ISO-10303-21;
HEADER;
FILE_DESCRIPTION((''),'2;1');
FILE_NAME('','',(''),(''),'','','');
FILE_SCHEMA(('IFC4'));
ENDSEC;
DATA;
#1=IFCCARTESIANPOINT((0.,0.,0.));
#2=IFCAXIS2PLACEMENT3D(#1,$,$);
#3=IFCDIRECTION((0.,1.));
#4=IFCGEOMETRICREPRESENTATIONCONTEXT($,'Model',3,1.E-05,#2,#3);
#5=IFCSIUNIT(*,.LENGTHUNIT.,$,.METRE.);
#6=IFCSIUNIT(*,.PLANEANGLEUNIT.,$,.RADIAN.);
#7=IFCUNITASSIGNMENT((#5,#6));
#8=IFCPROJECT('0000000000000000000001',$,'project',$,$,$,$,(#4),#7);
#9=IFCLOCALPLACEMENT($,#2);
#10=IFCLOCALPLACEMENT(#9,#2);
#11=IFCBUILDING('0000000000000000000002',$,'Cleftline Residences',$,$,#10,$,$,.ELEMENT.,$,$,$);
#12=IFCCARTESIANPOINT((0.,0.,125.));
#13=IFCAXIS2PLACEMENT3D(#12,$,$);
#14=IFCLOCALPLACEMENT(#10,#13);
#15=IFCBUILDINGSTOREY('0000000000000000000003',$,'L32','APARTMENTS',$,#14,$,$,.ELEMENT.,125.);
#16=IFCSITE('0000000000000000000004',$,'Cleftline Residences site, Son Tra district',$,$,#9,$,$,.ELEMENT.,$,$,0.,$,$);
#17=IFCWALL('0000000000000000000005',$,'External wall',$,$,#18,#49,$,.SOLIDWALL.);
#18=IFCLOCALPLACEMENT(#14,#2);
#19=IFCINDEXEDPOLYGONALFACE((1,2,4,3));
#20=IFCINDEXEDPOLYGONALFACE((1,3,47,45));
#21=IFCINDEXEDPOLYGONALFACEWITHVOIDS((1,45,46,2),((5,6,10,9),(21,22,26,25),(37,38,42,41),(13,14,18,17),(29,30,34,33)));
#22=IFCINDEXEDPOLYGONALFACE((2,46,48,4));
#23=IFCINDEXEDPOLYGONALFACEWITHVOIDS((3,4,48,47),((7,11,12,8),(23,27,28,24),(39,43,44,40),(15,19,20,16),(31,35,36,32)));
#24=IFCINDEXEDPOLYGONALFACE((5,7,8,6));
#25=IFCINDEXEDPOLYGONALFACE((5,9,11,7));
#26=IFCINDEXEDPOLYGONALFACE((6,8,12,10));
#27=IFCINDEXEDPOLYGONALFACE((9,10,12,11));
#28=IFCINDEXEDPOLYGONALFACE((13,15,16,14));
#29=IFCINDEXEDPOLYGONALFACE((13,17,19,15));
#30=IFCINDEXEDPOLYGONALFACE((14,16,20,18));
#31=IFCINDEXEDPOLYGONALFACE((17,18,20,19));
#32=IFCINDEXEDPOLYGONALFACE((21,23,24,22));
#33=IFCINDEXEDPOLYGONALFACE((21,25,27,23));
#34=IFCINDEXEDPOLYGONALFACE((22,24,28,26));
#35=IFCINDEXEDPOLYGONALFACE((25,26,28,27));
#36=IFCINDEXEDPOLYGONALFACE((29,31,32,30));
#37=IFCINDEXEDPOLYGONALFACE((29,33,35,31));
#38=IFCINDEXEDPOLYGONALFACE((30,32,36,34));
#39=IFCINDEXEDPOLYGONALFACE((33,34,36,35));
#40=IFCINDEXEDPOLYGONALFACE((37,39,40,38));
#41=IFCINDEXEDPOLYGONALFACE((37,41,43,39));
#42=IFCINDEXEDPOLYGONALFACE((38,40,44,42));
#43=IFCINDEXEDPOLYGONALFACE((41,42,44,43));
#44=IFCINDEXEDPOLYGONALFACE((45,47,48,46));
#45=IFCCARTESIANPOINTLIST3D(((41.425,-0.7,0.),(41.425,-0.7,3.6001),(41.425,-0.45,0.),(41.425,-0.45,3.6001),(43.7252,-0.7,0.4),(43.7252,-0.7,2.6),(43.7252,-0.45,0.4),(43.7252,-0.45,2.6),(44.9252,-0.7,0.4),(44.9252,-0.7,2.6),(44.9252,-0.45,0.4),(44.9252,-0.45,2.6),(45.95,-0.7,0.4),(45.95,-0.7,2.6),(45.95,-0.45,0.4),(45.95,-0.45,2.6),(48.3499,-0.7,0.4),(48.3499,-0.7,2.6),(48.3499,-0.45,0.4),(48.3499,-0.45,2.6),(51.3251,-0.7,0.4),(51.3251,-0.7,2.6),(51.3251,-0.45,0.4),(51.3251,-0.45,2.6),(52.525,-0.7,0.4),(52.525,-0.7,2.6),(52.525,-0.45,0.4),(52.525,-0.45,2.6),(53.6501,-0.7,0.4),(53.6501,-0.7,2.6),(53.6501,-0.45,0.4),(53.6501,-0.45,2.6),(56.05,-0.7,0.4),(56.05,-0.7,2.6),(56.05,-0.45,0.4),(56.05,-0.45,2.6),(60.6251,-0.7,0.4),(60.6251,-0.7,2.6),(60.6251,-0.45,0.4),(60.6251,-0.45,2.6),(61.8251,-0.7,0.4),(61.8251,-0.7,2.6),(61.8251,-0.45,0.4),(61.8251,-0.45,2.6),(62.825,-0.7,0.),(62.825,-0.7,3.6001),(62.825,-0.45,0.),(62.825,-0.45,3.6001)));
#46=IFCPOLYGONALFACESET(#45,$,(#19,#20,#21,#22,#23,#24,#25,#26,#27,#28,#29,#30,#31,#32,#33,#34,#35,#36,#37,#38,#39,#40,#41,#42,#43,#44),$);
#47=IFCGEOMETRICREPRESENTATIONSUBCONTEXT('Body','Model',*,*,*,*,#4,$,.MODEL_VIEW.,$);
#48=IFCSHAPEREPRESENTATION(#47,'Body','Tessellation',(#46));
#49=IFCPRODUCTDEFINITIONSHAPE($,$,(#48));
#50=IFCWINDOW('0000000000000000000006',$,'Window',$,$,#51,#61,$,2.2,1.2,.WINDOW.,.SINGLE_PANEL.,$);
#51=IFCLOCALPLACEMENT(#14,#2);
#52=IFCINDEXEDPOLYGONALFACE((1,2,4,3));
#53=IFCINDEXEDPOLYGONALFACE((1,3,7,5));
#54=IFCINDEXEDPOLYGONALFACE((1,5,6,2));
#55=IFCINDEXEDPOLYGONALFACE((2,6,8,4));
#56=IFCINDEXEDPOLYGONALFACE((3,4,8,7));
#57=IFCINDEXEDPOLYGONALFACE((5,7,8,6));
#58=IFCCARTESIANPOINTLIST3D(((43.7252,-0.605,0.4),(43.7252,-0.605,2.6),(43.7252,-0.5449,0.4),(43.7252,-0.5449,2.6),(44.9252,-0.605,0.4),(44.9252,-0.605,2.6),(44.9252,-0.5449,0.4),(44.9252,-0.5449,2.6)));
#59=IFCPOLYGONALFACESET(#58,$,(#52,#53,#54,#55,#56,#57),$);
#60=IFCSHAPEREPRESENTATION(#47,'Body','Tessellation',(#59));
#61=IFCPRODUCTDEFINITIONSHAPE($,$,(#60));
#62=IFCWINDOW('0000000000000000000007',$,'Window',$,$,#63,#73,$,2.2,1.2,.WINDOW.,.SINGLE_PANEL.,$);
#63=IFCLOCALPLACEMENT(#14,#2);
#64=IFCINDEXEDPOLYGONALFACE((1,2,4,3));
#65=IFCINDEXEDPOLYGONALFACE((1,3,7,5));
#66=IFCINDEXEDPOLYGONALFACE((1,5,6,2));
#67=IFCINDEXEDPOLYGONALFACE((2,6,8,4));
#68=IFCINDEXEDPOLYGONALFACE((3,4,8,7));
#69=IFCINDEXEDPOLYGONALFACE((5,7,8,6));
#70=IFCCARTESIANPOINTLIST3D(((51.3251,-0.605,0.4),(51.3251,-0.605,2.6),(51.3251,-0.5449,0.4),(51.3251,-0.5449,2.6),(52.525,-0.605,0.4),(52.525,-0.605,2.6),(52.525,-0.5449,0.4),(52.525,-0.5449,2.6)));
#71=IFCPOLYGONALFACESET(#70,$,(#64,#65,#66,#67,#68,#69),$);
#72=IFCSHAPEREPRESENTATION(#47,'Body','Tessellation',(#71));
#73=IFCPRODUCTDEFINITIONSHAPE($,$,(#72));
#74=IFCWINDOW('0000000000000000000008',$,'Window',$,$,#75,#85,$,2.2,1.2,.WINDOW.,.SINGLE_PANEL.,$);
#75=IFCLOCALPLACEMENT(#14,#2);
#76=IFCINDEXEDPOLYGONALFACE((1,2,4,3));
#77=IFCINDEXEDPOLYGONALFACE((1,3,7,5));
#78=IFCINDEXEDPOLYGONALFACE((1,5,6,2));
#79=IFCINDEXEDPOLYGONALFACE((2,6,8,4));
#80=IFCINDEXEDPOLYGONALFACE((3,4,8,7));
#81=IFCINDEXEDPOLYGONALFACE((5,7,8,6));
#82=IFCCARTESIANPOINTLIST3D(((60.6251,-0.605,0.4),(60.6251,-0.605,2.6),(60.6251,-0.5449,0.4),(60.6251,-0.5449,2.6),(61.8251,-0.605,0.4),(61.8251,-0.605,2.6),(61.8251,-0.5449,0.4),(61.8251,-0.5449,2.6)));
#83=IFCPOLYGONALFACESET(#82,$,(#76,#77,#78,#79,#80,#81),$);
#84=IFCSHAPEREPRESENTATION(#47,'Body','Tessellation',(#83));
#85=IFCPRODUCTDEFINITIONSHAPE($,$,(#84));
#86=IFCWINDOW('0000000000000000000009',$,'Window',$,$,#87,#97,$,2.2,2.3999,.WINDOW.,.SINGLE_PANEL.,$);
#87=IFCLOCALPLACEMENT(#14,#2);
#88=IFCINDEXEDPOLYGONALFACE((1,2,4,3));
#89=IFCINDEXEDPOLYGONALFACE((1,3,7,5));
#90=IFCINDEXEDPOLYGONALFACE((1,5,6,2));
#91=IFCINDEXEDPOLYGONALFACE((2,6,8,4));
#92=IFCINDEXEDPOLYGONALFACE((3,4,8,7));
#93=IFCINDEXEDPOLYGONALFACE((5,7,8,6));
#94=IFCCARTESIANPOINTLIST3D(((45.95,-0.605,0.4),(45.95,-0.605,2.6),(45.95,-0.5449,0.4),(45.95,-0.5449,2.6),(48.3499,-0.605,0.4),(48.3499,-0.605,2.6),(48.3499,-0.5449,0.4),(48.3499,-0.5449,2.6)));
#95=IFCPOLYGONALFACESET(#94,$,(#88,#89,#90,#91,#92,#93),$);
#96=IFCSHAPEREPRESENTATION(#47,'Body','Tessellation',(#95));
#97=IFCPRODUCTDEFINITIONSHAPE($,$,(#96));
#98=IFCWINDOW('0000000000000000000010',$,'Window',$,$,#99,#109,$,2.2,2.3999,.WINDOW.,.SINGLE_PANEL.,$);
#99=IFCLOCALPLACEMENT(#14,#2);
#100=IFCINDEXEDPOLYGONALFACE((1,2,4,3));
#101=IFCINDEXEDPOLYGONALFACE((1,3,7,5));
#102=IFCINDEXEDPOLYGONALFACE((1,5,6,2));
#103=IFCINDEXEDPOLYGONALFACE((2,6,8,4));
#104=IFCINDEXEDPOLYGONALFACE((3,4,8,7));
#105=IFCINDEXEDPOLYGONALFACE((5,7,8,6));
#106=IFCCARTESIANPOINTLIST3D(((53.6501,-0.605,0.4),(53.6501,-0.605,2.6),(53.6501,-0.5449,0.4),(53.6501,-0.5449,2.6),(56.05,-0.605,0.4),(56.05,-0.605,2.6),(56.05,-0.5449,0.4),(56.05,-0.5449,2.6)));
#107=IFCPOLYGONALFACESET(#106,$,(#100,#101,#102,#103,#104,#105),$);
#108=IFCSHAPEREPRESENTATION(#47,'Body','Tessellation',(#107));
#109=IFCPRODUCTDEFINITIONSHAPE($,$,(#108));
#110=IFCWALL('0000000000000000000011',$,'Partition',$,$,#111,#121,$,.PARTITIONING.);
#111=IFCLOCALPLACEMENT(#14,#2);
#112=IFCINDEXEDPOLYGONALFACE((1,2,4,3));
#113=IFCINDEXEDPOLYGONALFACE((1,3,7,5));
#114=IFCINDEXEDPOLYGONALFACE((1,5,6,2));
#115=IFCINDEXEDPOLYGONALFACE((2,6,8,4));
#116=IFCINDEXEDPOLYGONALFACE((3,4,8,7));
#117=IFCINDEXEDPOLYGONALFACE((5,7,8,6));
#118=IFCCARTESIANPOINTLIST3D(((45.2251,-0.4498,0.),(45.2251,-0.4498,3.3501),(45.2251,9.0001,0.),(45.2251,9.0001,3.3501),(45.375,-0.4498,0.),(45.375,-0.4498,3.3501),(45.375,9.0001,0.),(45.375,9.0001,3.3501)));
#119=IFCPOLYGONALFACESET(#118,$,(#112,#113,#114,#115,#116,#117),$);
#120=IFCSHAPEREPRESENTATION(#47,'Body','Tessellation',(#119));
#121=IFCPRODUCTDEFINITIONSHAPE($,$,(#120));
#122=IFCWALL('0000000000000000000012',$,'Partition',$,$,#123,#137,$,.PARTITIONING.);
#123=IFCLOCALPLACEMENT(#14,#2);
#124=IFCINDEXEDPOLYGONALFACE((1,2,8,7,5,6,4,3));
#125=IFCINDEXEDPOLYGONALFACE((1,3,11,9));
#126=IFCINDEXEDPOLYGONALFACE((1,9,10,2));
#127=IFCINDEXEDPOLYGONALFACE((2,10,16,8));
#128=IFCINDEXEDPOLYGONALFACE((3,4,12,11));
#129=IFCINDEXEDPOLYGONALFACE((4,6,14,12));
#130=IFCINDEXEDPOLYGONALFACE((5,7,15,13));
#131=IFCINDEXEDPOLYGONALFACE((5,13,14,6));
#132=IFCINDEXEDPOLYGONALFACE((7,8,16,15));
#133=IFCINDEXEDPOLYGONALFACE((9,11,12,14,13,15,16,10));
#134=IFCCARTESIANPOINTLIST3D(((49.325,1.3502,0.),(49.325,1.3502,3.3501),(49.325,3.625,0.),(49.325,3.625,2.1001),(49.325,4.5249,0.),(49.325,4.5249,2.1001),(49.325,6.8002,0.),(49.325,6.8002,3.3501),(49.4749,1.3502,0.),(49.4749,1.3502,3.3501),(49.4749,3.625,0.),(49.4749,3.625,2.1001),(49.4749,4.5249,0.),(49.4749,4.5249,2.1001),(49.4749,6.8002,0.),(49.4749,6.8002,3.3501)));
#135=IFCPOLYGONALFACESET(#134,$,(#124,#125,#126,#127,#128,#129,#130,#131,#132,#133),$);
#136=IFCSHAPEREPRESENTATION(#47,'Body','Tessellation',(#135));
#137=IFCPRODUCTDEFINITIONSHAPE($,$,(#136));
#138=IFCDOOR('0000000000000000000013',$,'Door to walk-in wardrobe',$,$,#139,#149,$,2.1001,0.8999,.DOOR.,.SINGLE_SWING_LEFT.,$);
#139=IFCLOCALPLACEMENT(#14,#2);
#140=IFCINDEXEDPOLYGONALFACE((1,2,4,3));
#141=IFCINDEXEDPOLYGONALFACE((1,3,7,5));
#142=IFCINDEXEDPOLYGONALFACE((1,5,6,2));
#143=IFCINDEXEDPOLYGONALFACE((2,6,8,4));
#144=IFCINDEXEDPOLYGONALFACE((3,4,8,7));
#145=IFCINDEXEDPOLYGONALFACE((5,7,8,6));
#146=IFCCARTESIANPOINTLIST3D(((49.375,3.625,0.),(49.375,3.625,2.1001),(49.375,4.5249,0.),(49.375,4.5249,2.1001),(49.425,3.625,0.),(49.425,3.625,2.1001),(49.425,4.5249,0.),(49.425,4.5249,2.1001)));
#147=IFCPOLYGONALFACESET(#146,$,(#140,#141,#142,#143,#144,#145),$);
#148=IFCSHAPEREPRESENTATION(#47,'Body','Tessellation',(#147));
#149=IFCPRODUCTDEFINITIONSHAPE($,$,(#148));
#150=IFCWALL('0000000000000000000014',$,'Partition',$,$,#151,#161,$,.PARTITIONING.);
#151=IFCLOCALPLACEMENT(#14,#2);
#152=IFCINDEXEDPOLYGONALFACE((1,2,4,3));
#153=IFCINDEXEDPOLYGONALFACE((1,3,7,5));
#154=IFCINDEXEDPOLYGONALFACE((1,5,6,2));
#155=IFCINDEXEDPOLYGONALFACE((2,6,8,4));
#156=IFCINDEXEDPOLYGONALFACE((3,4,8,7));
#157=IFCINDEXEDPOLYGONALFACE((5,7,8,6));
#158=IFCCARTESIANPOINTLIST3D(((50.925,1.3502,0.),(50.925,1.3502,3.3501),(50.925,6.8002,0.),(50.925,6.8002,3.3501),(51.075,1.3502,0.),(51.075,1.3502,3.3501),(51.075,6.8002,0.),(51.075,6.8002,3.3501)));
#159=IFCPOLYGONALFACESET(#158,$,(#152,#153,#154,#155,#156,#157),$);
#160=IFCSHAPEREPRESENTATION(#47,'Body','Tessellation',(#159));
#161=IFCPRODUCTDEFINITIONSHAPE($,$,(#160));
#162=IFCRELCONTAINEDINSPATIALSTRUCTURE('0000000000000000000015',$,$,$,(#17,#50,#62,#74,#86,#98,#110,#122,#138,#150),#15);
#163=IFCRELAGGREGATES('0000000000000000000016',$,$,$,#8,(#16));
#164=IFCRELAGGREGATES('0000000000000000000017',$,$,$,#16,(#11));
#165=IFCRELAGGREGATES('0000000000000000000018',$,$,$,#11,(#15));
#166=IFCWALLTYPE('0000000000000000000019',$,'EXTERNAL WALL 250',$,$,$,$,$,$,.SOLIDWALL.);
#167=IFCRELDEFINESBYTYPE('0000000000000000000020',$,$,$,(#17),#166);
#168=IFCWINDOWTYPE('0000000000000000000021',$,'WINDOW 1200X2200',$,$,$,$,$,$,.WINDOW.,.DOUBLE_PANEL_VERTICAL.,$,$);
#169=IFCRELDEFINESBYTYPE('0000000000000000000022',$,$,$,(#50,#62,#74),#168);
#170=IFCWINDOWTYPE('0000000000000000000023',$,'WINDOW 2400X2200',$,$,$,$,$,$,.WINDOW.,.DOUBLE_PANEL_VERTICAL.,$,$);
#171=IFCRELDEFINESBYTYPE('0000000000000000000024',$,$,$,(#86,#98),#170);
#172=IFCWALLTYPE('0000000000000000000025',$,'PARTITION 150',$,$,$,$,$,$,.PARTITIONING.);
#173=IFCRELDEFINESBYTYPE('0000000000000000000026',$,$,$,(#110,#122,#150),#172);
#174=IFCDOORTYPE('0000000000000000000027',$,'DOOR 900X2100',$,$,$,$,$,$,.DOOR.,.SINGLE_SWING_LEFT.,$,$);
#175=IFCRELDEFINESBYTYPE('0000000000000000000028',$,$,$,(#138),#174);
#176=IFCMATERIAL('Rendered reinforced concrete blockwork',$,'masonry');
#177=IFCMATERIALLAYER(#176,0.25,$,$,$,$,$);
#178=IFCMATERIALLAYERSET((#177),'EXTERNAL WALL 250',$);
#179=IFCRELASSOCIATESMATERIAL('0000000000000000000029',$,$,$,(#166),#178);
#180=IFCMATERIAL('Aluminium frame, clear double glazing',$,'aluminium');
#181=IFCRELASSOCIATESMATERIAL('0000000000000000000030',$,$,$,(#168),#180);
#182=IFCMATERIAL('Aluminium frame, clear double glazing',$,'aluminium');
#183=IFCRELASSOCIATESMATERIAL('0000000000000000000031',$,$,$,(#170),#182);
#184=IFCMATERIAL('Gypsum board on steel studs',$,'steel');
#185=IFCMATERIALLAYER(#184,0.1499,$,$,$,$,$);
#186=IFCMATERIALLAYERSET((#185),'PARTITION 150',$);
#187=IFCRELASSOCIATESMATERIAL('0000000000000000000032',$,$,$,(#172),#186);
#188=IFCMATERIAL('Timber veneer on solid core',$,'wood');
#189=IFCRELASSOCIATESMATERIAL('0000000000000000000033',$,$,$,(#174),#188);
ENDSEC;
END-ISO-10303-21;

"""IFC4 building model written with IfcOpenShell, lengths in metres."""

from ifc_helpers import new_model, si_unit, direction, frame, frame_2d, origin, place, context, subcontext, project, spatial, rectangle, extrude, material, layer, layer_set, type_object, element, fill, save


model = new_model("IFC4")

# Units and contexts
model_context = context("Model", 3, precision=1e-05, world=origin(), true_north=direction((0.0, 1.0)))
body_context = subcontext(model_context, "Body", "Model", "MODEL_VIEW")
ifc_project = project(units=[si_unit("LENGTHUNIT", "METRE"), si_unit("PLANEANGLEUNIT", "RADIAN")], contexts=[model_context])

# Site, building, storey
site_placement = place(None, origin())
site = spatial("IfcSite", under=ifc_project, at=site_placement, Name="Cleftline Residences site, Son Tra district", CompositionType="ELEMENT", RefElevation=0.0)
building_placement = place(site_placement, origin())
building = spatial("IfcBuilding", under=site, at=building_placement, Name="Cleftline Residences", CompositionType="ELEMENT")
storey_placement = place(building_placement, frame((0.0, 0.0, 125.0)))
storey = spatial("IfcBuildingStorey", under=building, at=storey_placement, Name="L32", Description="APARTMENTS", CompositionType="ELEMENT", Elevation=125.0)

# Wall, openings, windows
ifc_material_1 = material(Name="Rendered reinforced concrete blockwork", Category="masonry")
ifc_layer_1 = layer(ifc_material_1, 0.25)
ifc_layer_set_1 = layer_set([ifc_layer_1], Name="EXTERNAL WALL 250")
wall_type_1 = type_object("IfcWallType", Name="EXTERNAL WALL 250", PredefinedType="SOLIDWALL", material=ifc_layer_set_1)
wall_1_placement = place(storey_placement, frame((41.425, -0.575, 0.0), z_axis=(0.0, 0.0, 1.0), x_axis=(1.0, 0.0, 0.0)))
wall_1 = element("IfcWall", 1, at=wall_1_placement, inside=storey, type_object=wall_type_1, Name="External wall", PredefinedType="SOLIDWALL", context=body_context, shape_type="SweptSolid", body=[
    extrude(rectangle(XDim=21.3999, YDim=0.25, at=frame_2d((10.7, 0.0))), origin(), (0.0, 0.0, 1.0), 3.6001),
])
opening_1_placement = place(wall_1_placement, frame((2.3, 0.0, 0.3999)))
opening_1 = element("IfcOpeningElement", 2, at=opening_1_placement, cuts=wall_1, PredefinedType="OPENING", context=body_context, shape_type="SweptSolid", body=[
    extrude(rectangle(XDim=1.2, YDim=2.2, at=frame_2d((0.6001, 1.1001))), frame((0.0, 0.135, 0.0), z_axis=(0.0, -1.0, 0.0), x_axis=(1.0, 0.0, 0.0)), (0.0, 0.0, 1.0), 0.27),
])
opening_2_placement = place(wall_1_placement, frame((4.5249, 0.0, 0.3999)))
opening_2 = element("IfcOpeningElement", 3, at=opening_2_placement, cuts=wall_1, PredefinedType="OPENING", context=body_context, shape_type="SweptSolid", body=[
    extrude(rectangle(XDim=2.3999, YDim=2.2, at=frame_2d((1.2, 1.1001))), frame((0.0, 0.135, 0.0), z_axis=(0.0, -1.0, 0.0), x_axis=(1.0, 0.0, 0.0)), (0.0, 0.0, 1.0), 0.27),
])
opening_3_placement = place(wall_1_placement, frame((9.8999, 0.0, 0.3999)))
opening_3 = element("IfcOpeningElement", 4, at=opening_3_placement, cuts=wall_1, PredefinedType="OPENING", context=body_context, shape_type="SweptSolid", body=[
    extrude(rectangle(XDim=1.2, YDim=2.2, at=frame_2d((0.6001, 1.1001))), frame((0.0, 0.135, 0.0), z_axis=(0.0, -1.0, 0.0), x_axis=(1.0, 0.0, 0.0)), (0.0, 0.0, 1.0), 0.27),
])
opening_4_placement = place(wall_1_placement, frame((12.2251, 0.0, 0.3999)))
opening_4 = element("IfcOpeningElement", 5, at=opening_4_placement, cuts=wall_1, PredefinedType="OPENING", context=body_context, shape_type="SweptSolid", body=[
    extrude(rectangle(XDim=2.3999, YDim=2.2, at=frame_2d((1.2, 1.1001))), frame((0.0, 0.135, 0.0), z_axis=(0.0, -1.0, 0.0), x_axis=(1.0, 0.0, 0.0)), (0.0, 0.0, 1.0), 0.27),
])
opening_5_placement = place(wall_1_placement, frame((19.2, 0.0, 0.3999)))
opening_5 = element("IfcOpeningElement", 6, at=opening_5_placement, cuts=wall_1, PredefinedType="OPENING", context=body_context, shape_type="SweptSolid", body=[
    extrude(rectangle(XDim=1.2, YDim=2.2, at=frame_2d((0.6001, 1.1001))), frame((0.0, 0.135, 0.0), z_axis=(0.0, -1.0, 0.0), x_axis=(1.0, 0.0, 0.0)), (0.0, 0.0, 1.0), 0.27),
])
ifc_material_2 = material(Name="Aluminium frame, clear double glazing", Category="aluminium")
window_type_1 = type_object("IfcWindowType", Name="WINDOW 1200X2200", PartitioningType="DOUBLE_PANEL_VERTICAL", PredefinedType="WINDOW", material=ifc_material_2)
window_1_placement = place(opening_1_placement, origin())
window_1 = element("IfcWindow", 7, at=window_1_placement, inside=storey, type_object=window_type_1, Name="Window", OverallHeight=2.2, OverallWidth=1.2, PartitioningType="SINGLE_PANEL", PredefinedType="WINDOW", context=body_context, shape_type="SweptSolid", body=[
    extrude(rectangle(XDim=1.2, YDim=2.2, at=frame_2d((0.6001, 1.1001))), frame((0.0, 0.03, 0.0), z_axis=(0.0, -1.0, 0.0), x_axis=(1.0, 0.0, 0.0)), (0.0, 0.0, 1.0), 0.0601),
])
fill(opening_1, window_1)
window_2_placement = place(opening_3_placement, origin())
window_2 = element("IfcWindow", 8, at=window_2_placement, inside=storey, type_object=window_type_1, Name="Window", OverallHeight=2.2, OverallWidth=1.2, PartitioningType="SINGLE_PANEL", PredefinedType="WINDOW", context=body_context, shape_type="SweptSolid", body=[
    extrude(rectangle(XDim=1.2, YDim=2.2, at=frame_2d((0.6001, 1.1001))), frame((0.0, 0.03, 0.0), z_axis=(0.0, -1.0, 0.0), x_axis=(1.0, 0.0, 0.0)), (0.0, 0.0, 1.0), 0.0601),
])
fill(opening_3, window_2)
window_3_placement = place(opening_5_placement, origin())
window_3 = element("IfcWindow", 9, at=window_3_placement, inside=storey, type_object=window_type_1, Name="Window", OverallHeight=2.2, OverallWidth=1.2, PartitioningType="SINGLE_PANEL", PredefinedType="WINDOW", context=body_context, shape_type="SweptSolid", body=[
    extrude(rectangle(XDim=1.2, YDim=2.2, at=frame_2d((0.6001, 1.1001))), frame((0.0, 0.03, 0.0), z_axis=(0.0, -1.0, 0.0), x_axis=(1.0, 0.0, 0.0)), (0.0, 0.0, 1.0), 0.0601),
])
fill(opening_5, window_3)
ifc_material_3 = material(Name="Aluminium frame, clear double glazing", Category="aluminium")
window_type_2 = type_object("IfcWindowType", Name="WINDOW 2400X2200", PartitioningType="DOUBLE_PANEL_VERTICAL", PredefinedType="WINDOW", material=ifc_material_3)
window_4_placement = place(opening_2_placement, origin())
window_4 = element("IfcWindow", 10, at=window_4_placement, inside=storey, type_object=window_type_2, Name="Window", OverallHeight=2.2, OverallWidth=2.3999, PartitioningType="SINGLE_PANEL", PredefinedType="WINDOW", context=body_context, shape_type="SweptSolid", body=[
    extrude(rectangle(XDim=2.3999, YDim=2.2, at=frame_2d((1.2, 1.1001))), frame((0.0, 0.03, 0.0), z_axis=(0.0, -1.0, 0.0), x_axis=(1.0, 0.0, 0.0)), (0.0, 0.0, 1.0), 0.0601),
])
fill(opening_2, window_4)
window_5_placement = place(opening_4_placement, origin())
window_5 = element("IfcWindow", 11, at=window_5_placement, inside=storey, type_object=window_type_2, Name="Window", OverallHeight=2.2, OverallWidth=2.3999, PartitioningType="SINGLE_PANEL", PredefinedType="WINDOW", context=body_context, shape_type="SweptSolid", body=[
    extrude(rectangle(XDim=2.3999, YDim=2.2, at=frame_2d((1.2, 1.1001))), frame((0.0, 0.03, 0.0), z_axis=(0.0, -1.0, 0.0), x_axis=(1.0, 0.0, 0.0)), (0.0, 0.0, 1.0), 0.0601),
])
fill(opening_4, window_5)

# Wall
ifc_material_4 = material(Name="Gypsum board on steel studs", Category="steel")
ifc_layer_2 = layer(ifc_material_4, 0.1499)
ifc_layer_set_2 = layer_set([ifc_layer_2], Name="PARTITION 150")
wall_type_2 = type_object("IfcWallType", Name="PARTITION 150", PredefinedType="PARTITIONING", material=ifc_layer_set_2)
wall_2_placement = place(storey_placement, frame((45.3, -0.45, 0.0), z_axis=(0.0, 0.0, 1.0), x_axis=(0.0, 1.0, 0.0)))
element("IfcWall", 12, at=wall_2_placement, inside=storey, type_object=wall_type_2, Name="Partition", PredefinedType="PARTITIONING", context=body_context, shape_type="SweptSolid", body=[
    extrude(rectangle(XDim=9.45, YDim=0.1499, at=frame_2d((4.7251, 0.0))), origin(), (0.0, 0.0, 1.0), 3.3501),
])

# Wall, opening, door
wall_3_placement = place(storey_placement, frame((49.3999, 1.3501, 0.0), z_axis=(0.0, 0.0, 1.0), x_axis=(0.0, 1.0, 0.0)))
wall_3 = element("IfcWall", 13, at=wall_3_placement, inside=storey, type_object=wall_type_2, Name="Partition", PredefinedType="PARTITIONING", context=body_context, shape_type="SweptSolid", body=[
    extrude(rectangle(XDim=5.45, YDim=0.1499, at=frame_2d((2.7251, 0.0))), origin(), (0.0, 0.0, 1.0), 3.3501),
])
opening_6_placement = place(wall_3_placement, frame((2.2749, 0.0, 0.0)))
opening_6 = element("IfcOpeningElement", 14, at=opening_6_placement, cuts=wall_3, PredefinedType="OPENING", context=body_context, shape_type="SweptSolid", body=[
    extrude(rectangle(XDim=0.8999, YDim=2.1001, at=frame_2d((0.45, 1.05))), frame((0.0, 0.085, 0.0), z_axis=(0.0, -1.0, 0.0), x_axis=(1.0, 0.0, 0.0)), (0.0, 0.0, 1.0), 0.1699),
])
ifc_material_5 = material(Name="Timber veneer on solid core", Category="wood")
door_type = type_object("IfcDoorType", Name="DOOR 900X2100", OperationType="SINGLE_SWING_LEFT", PredefinedType="DOOR", material=ifc_material_5)
door_placement = place(opening_6_placement, origin())
door = element("IfcDoor", 15, at=door_placement, inside=storey, type_object=door_type, Name="Door to walk-in wardrobe", OperationType="SINGLE_SWING_LEFT", OverallHeight=2.1001, OverallWidth=0.8999, PredefinedType="DOOR", context=body_context, shape_type="SweptSolid", body=[
    extrude(rectangle(XDim=0.8999, YDim=2.1001, at=frame_2d((0.45, 1.05))), frame((0.0, 0.0249, 0.0), z_axis=(0.0, -1.0, 0.0), x_axis=(1.0, 0.0, 0.0)), (0.0, 0.0, 1.0), 0.05),
])
fill(opening_6, door)

# Wall
wall_4_placement = place(storey_placement, frame((51.0, 1.3501, 0.0), z_axis=(0.0, 0.0, 1.0), x_axis=(0.0, 1.0, 0.0)))
element("IfcWall", 16, at=wall_4_placement, inside=storey, type_object=wall_type_2, Name="Partition", PredefinedType="PARTITIONING", context=body_context, shape_type="SweptSolid", body=[
    extrude(rectangle(XDim=5.45, YDim=0.1499, at=frame_2d((2.7251, 0.0))), origin(), (0.0, 0.0, 1.0), 3.3501),
])

save(model, "model.ifc")
